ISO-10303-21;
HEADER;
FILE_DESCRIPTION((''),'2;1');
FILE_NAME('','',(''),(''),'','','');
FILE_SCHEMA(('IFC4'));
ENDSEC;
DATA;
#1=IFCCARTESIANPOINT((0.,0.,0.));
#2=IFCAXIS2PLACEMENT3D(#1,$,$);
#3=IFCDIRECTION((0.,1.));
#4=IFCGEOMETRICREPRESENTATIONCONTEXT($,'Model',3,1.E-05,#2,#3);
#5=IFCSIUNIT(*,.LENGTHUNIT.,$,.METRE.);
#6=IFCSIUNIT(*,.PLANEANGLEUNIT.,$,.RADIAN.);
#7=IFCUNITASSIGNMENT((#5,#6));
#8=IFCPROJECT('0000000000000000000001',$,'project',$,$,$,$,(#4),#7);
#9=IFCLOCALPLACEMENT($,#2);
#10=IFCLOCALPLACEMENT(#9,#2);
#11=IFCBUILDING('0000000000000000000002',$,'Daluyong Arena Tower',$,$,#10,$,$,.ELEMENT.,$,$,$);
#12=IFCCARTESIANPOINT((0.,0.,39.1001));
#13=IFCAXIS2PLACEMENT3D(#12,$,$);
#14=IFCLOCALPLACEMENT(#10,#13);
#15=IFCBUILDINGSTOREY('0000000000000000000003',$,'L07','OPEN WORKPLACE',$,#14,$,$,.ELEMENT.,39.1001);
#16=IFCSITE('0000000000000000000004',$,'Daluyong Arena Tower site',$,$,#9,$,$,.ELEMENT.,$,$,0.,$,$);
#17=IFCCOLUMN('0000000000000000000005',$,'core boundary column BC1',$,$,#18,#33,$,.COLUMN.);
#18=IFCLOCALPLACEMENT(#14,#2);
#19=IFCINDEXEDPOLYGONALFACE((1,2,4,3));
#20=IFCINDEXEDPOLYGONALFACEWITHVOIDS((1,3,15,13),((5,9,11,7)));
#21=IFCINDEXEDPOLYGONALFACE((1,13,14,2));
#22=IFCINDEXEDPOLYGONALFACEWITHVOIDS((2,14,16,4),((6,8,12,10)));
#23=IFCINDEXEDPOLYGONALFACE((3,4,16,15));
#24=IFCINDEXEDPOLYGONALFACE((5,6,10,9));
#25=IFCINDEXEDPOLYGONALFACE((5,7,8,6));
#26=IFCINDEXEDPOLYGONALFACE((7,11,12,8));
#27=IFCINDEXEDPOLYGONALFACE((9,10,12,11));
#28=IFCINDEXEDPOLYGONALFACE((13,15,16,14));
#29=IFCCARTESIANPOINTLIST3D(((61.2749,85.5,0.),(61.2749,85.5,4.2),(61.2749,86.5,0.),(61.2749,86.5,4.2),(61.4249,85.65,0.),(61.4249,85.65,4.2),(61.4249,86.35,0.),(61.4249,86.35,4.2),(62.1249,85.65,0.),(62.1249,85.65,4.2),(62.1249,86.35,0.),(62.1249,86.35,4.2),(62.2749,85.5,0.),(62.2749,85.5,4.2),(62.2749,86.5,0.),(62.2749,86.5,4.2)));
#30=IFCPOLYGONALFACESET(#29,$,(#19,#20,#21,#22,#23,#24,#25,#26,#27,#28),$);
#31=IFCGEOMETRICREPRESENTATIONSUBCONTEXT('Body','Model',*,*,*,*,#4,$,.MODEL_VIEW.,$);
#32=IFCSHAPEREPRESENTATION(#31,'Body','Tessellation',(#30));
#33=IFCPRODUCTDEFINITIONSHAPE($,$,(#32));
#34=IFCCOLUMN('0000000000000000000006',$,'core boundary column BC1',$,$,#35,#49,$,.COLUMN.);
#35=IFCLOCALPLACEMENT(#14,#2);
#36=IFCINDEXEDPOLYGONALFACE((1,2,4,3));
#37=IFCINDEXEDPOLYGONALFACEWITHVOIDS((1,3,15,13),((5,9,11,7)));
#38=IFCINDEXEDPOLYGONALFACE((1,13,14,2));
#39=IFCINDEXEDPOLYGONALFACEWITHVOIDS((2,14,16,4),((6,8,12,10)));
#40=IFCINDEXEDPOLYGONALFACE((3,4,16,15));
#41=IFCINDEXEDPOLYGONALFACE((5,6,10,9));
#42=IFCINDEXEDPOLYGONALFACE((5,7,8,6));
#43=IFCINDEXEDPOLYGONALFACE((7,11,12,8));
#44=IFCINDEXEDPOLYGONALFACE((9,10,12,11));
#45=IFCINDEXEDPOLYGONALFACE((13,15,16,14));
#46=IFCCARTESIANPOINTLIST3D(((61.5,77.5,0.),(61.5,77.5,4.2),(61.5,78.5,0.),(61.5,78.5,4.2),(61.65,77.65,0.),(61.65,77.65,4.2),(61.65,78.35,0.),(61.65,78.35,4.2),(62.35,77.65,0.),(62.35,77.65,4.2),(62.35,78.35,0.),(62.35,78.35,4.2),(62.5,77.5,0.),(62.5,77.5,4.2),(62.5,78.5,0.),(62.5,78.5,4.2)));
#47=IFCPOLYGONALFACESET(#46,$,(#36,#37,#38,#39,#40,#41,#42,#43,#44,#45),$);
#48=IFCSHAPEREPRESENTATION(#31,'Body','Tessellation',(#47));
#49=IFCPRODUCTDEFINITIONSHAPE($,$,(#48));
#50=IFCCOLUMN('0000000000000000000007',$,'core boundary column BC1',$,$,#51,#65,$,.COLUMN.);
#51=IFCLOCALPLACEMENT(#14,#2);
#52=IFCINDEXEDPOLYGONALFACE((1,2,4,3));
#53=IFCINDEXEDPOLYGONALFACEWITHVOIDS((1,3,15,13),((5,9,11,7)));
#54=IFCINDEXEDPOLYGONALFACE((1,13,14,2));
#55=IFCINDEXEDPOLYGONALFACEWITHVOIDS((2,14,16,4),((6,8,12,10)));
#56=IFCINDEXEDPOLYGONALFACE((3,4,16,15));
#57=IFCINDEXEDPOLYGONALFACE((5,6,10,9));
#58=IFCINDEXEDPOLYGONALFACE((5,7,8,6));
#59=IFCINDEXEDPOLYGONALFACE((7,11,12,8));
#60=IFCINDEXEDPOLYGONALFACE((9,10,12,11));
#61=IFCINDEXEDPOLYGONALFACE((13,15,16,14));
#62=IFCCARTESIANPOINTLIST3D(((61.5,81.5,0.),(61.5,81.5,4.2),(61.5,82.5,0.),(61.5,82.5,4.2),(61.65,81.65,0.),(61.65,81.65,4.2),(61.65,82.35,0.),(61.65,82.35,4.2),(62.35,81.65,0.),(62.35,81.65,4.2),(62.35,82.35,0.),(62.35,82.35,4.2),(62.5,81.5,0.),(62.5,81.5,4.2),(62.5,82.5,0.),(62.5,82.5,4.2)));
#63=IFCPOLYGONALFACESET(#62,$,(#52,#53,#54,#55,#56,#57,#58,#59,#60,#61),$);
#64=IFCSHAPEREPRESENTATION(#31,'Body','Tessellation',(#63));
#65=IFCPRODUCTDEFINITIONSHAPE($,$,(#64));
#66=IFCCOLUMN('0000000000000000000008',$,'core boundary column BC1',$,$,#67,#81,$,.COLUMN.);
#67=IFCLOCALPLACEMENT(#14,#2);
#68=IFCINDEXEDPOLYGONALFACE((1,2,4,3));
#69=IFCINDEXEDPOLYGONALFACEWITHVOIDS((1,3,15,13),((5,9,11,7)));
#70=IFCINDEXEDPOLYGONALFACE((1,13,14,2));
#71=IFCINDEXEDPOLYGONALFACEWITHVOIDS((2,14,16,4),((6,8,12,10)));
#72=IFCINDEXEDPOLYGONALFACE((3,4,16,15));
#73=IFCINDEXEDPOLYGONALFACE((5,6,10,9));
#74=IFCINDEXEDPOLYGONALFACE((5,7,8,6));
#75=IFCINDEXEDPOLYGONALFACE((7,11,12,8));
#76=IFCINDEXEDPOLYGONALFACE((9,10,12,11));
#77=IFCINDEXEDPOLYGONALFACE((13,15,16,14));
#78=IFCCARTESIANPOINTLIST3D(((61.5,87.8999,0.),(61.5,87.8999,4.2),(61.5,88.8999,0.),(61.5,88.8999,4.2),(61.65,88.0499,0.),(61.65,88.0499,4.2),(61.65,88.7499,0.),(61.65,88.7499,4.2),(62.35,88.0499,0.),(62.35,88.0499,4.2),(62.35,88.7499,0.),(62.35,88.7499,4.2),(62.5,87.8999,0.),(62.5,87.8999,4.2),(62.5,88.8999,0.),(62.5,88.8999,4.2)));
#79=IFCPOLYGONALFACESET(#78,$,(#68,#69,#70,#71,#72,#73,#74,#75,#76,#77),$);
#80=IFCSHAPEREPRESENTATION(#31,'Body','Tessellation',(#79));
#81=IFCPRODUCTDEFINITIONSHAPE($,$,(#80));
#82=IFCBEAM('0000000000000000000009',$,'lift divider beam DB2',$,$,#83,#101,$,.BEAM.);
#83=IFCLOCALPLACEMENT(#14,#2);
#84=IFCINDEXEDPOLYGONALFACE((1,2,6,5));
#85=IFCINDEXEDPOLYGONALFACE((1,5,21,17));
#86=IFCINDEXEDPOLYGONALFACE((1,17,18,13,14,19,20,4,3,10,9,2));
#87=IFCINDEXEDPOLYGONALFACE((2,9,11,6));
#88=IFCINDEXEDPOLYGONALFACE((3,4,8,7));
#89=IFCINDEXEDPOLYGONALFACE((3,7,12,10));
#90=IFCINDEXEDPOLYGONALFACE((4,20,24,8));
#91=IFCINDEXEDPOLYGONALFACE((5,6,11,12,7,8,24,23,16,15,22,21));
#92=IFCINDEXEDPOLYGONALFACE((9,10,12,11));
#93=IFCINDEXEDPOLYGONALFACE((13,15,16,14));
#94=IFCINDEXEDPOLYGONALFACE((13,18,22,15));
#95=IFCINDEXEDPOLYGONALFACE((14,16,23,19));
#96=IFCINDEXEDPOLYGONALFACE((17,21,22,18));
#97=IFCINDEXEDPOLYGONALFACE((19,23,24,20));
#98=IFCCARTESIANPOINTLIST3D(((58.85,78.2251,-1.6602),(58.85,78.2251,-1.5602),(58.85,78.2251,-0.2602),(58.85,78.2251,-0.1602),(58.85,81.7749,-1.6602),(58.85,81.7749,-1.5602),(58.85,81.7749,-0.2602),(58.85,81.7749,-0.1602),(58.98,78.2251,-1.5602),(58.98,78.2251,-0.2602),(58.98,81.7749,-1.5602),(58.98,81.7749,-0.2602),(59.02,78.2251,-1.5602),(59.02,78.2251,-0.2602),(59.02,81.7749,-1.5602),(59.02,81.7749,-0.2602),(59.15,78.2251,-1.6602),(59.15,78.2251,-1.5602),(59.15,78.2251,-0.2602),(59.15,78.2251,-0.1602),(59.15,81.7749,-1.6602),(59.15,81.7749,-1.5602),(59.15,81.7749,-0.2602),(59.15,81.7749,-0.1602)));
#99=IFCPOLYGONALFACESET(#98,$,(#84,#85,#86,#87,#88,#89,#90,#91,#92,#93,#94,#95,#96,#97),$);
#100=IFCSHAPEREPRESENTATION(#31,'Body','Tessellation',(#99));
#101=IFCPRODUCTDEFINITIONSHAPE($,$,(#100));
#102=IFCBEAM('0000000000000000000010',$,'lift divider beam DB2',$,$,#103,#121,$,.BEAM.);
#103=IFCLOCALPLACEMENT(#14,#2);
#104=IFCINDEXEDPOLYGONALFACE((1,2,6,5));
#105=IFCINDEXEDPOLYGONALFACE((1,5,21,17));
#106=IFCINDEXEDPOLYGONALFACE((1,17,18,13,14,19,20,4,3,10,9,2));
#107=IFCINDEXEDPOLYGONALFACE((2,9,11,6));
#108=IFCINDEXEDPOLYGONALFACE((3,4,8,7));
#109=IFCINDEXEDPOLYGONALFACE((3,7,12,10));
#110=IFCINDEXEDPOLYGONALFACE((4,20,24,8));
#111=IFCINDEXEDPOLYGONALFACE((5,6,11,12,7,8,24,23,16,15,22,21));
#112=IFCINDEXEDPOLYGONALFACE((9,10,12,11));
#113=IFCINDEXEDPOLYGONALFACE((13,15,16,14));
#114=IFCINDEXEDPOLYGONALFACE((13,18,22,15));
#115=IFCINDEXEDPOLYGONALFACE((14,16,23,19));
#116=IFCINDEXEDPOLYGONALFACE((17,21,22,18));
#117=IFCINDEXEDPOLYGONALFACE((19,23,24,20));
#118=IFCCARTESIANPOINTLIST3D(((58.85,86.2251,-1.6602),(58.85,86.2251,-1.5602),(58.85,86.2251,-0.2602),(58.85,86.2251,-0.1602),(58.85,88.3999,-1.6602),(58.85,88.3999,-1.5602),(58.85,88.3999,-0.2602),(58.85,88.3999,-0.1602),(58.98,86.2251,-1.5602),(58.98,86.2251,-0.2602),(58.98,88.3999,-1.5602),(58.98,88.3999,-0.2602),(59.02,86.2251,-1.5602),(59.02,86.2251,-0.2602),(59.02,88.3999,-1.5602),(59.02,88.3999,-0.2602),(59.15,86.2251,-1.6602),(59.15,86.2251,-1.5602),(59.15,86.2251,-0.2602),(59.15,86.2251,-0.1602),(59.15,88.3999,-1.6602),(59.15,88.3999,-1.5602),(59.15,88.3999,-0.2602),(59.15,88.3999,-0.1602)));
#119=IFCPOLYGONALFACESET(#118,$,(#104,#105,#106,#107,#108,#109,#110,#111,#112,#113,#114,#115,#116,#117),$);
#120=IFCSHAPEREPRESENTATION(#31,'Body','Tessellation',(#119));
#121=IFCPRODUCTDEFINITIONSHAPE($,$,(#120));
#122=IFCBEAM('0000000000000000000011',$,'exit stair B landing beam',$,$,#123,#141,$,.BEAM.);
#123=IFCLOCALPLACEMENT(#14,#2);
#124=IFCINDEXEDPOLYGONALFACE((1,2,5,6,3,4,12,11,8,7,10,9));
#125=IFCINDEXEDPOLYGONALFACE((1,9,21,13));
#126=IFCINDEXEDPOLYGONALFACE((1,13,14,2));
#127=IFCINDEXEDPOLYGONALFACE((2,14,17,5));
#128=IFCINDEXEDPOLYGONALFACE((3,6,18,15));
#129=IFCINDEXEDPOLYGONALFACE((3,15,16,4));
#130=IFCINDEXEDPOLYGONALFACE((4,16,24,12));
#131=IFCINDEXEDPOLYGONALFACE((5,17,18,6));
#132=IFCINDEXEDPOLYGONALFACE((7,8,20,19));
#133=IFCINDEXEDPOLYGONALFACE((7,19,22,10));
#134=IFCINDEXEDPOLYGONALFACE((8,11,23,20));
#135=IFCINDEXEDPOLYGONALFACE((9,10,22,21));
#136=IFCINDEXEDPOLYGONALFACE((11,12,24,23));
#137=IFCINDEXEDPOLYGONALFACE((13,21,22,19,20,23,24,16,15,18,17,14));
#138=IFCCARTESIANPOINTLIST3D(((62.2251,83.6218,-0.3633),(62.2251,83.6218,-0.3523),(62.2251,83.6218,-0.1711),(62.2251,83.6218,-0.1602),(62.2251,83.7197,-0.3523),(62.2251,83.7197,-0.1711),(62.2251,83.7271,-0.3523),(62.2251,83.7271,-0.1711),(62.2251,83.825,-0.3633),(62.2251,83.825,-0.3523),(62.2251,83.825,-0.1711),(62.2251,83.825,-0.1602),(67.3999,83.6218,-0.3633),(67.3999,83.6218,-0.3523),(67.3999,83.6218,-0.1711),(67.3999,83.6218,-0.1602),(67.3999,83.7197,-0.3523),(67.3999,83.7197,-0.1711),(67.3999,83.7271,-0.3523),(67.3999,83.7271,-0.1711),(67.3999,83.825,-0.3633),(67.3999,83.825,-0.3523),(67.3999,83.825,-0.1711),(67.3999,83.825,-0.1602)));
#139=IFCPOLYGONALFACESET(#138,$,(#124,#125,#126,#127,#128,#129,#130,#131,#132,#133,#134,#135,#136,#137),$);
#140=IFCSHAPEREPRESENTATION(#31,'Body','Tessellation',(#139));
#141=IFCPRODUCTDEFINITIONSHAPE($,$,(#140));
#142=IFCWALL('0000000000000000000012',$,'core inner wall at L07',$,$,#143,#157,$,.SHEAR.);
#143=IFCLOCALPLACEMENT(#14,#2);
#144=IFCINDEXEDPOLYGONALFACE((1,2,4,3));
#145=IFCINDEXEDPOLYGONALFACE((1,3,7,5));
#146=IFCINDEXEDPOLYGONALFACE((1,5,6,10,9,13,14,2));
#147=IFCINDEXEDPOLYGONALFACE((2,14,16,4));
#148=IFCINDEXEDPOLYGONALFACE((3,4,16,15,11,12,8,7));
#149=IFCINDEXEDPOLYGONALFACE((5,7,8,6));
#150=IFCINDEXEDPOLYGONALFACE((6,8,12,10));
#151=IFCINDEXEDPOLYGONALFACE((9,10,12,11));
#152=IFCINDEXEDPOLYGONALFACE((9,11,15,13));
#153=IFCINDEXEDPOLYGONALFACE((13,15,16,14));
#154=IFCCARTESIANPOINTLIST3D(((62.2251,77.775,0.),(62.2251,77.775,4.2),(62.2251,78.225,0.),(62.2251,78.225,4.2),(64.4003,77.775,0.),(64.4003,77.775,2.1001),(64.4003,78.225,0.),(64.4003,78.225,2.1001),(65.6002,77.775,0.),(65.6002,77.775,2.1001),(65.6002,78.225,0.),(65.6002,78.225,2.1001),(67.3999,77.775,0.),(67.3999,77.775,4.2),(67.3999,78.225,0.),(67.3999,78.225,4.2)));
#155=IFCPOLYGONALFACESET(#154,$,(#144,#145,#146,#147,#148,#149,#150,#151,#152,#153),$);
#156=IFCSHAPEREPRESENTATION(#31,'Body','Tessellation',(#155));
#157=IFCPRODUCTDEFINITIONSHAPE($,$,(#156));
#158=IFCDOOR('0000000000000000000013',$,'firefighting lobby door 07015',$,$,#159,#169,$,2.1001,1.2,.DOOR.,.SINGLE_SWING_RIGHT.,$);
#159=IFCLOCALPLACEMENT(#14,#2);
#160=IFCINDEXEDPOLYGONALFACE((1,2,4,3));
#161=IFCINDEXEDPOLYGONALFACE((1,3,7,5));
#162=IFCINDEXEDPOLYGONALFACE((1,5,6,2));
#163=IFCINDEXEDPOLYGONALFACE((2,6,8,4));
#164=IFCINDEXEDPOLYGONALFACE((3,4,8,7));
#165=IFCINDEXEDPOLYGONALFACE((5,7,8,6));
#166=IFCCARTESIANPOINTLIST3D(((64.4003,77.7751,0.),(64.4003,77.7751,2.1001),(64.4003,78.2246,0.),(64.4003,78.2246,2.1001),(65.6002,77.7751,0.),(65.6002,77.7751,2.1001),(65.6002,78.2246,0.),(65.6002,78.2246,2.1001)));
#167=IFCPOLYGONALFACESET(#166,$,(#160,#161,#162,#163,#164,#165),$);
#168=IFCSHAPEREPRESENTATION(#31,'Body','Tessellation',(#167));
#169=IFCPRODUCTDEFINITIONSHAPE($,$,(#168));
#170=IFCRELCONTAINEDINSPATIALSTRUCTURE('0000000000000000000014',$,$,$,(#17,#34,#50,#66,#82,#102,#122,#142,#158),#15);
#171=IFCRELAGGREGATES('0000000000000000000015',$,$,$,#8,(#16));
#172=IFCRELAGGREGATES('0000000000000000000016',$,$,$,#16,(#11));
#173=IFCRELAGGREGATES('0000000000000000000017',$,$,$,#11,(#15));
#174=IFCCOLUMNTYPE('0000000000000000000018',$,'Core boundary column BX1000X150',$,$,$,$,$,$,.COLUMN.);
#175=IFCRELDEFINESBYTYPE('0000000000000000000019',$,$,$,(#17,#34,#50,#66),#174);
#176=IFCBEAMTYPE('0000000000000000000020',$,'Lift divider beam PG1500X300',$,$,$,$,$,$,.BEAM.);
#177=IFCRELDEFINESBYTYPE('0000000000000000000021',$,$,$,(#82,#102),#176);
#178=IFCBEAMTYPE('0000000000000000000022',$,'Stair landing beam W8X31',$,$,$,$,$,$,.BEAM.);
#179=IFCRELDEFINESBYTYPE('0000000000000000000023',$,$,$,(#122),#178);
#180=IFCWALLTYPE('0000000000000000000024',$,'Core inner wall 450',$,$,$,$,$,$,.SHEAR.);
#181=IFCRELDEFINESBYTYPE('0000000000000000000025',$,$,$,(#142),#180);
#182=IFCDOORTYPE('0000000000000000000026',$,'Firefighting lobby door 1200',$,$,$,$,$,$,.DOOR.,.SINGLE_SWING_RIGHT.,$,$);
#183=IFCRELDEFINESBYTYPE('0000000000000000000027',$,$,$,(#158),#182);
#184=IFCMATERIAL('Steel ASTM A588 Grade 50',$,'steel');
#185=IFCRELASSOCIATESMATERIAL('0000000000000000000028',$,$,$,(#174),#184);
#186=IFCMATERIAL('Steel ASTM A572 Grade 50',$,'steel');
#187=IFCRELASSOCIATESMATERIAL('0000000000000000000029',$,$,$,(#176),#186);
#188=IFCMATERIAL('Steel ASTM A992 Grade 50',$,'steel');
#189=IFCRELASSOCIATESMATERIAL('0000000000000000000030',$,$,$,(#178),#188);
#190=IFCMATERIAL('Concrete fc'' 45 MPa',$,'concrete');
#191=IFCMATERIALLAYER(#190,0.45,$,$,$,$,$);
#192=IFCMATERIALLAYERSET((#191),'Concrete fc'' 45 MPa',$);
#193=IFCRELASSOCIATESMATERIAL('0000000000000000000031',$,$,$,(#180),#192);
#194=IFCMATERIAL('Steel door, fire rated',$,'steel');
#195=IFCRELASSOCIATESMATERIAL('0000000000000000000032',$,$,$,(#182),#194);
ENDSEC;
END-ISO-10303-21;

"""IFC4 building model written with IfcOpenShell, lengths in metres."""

from ifc_helpers import new_model, si_unit, direction, frame, frame_2d, origin, origin_2d, place, context, subcontext, project, spatial, rectangle, hollow_rectangle, i_section, extrude, material, layer, layer_set, material_profile, profile_set, type_object, element, fill, save


model = new_model("IFC4")

# Units and contexts
model_context = context("Model", 3, precision=1e-05, world=origin(), true_north=direction((0.0, 1.0)))
body_context = subcontext(model_context, "Body", "Model", "MODEL_VIEW")
ifc_project = project(units=[si_unit("LENGTHUNIT", "METRE"), si_unit("PLANEANGLEUNIT", "RADIAN")], contexts=[model_context])

# Site, building, storey
site_placement = place(None, origin())
site = spatial("IfcSite", under=ifc_project, at=site_placement, Name="Daluyong Arena Tower site", CompositionType="ELEMENT", RefElevation=0.0)
building_placement = place(site_placement, origin())
building = spatial("IfcBuilding", under=site, at=building_placement, Name="Daluyong Arena Tower", CompositionType="ELEMENT")
storey_placement = place(building_placement, frame((0.0, 0.0, 39.1001)))
storey = spatial("IfcBuildingStorey", under=building, at=storey_placement, Name="L07", Description="OPEN WORKPLACE", CompositionType="ELEMENT", Elevation=39.1001)

# Columns
ifc_material_1 = material(Name="Steel ASTM A588 Grade 50", Category="steel")
ifc_material_profile_1 = material_profile(ifc_material_1, hollow_rectangle(XDim=1.0, YDim=1.0, WallThickness=0.15, at=origin_2d()))
ifc_profile_set_1 = profile_set([ifc_material_profile_1], Name="Steel ASTM A588 Grade 50")
column_type = type_object("IfcColumnType", Name="Core boundary column BX1000X150", PredefinedType="COLUMN", material=ifc_profile_set_1)
for number, where, z_axis, x_axis, name in (
    (1, (61.7749, 86.0, 0.0), (0.0, 0.0, 1.0), (1.0, 0.0, 0.0), "core boundary column BC1"),
    (2, (62.0, 78.0, 0.0), (0.0, 0.0, 1.0), (1.0, 0.0, 0.0), "core boundary column BC1"),
    (3, (62.0, 82.0, 0.0), (0.0, 0.0, 1.0), (1.0, 0.0, 0.0), "core boundary column BC1"),
    (4, (62.0, 88.3999, 0.0), (0.0, 0.0, 1.0), (1.0, 0.0, 0.0), "core boundary column BC1"),
):
    element("IfcColumn", number, at=place(storey_placement, frame(where, z_axis=z_axis, x_axis=x_axis)), inside=storey, type_object=column_type, Name=name, PredefinedType="COLUMN", context=body_context, shape_type="SweptSolid", body=[
        extrude(hollow_rectangle(XDim=1.0, YDim=1.0, WallThickness=0.15, at=origin_2d()), origin(), (0.0, 0.0, 1.0), 4.2),
    ])

# Beams
ifc_material_2 = material(Name="Steel ASTM A572 Grade 50", Category="steel")
ifc_material_profile_2 = material_profile(ifc_material_2, i_section(OverallWidth=0.3, OverallDepth=1.5, WebThickness=0.04, FlangeThickness=0.1, at=origin_2d()))
ifc_profile_set_2 = profile_set([ifc_material_profile_2], Name="Steel ASTM A572 Grade 50")
beam_type_1 = type_object("IfcBeamType", Name="Lift divider beam PG1500X300", PredefinedType="BEAM", material=ifc_profile_set_2)
beam_1_placement = place(storey_placement, frame((59.0, 78.2251, -0.9102), z_axis=(0.0, 1.0, 0.0), x_axis=(-1.0, 0.0, 0.0)))
element("IfcBeam", 5, at=beam_1_placement, inside=storey, type_object=beam_type_1, Name="lift divider beam DB2", PredefinedType="BEAM", context=body_context, shape_type="SweptSolid", body=[
    extrude(i_section(OverallWidth=0.3, OverallDepth=1.5, WebThickness=0.04, FlangeThickness=0.1, at=origin_2d()), origin(), (0.0, 0.0, 1.0), 3.5498),
])
beam_2_placement = place(storey_placement, frame((59.0, 86.2251, -0.9102), z_axis=(0.0, 1.0, 0.0), x_axis=(-1.0, 0.0, 0.0)))
element("IfcBeam", 6, at=beam_2_placement, inside=storey, type_object=beam_type_1, Name="lift divider beam DB2", PredefinedType="BEAM", context=body_context, shape_type="SweptSolid", body=[
    extrude(i_section(OverallWidth=0.3, OverallDepth=1.5, WebThickness=0.04, FlangeThickness=0.1, at=origin_2d()), origin(), (0.0, 0.0, 1.0), 2.1748),
])
ifc_material_3 = material(Name="Steel ASTM A992 Grade 50", Category="steel")
ifc_material_profile_3 = material_profile(ifc_material_3, i_section(OverallWidth=0.2031, OverallDepth=0.2031, WebThickness=0.0073, FlangeThickness=0.011, at=origin_2d()))
ifc_profile_set_3 = profile_set([ifc_material_profile_3], Name="Steel ASTM A992 Grade 50")
beam_type_2 = type_object("IfcBeamType", Name="Stair landing beam W8X31", PredefinedType="BEAM", material=ifc_profile_set_3)
beam_3_placement = place(storey_placement, frame((62.2251, 83.7234, -0.2617), z_axis=(1.0, 0.0, 0.0), x_axis=(0.0, 1.0, 0.0)))
element("IfcBeam", 7, at=beam_3_placement, inside=storey, type_object=beam_type_2, Name="exit stair B landing beam", PredefinedType="BEAM", context=body_context, shape_type="SweptSolid", body=[
    extrude(i_section(OverallWidth=0.2031, OverallDepth=0.2031, WebThickness=0.0073, FlangeThickness=0.011, at=origin_2d()), origin(), (0.0, 0.0, 1.0), 5.1748),
])

# Wall, opening, door
ifc_material_4 = material(Name="Concrete fc' 45 MPa", Category="concrete")
ifc_layer_1 = layer(ifc_material_4, 0.45)
ifc_layer_set_1 = layer_set([ifc_layer_1], Name="Concrete fc' 45 MPa")
wall_type_1 = type_object("IfcWallType", Name="Core inner wall 450", PredefinedType="SHEAR", material=ifc_layer_set_1)
wall_1_placement = place(storey_placement, frame((62.2251, 78.0, 0.0), z_axis=(0.0, 0.0, 1.0), x_axis=(1.0, 0.0, 0.0)))
wall_1 = element("IfcWall", 8, at=wall_1_placement, inside=storey, type_object=wall_type_1, Name="core inner wall at L07", PredefinedType="SHEAR", context=body_context, shape_type="SweptSolid", body=[
    extrude(rectangle(XDim=5.1748, YDim=0.45, at=frame_2d((2.5874, 0.0))), origin(), (0.0, 0.0, 1.0), 4.2),
])
opening_1_placement = place(wall_1_placement, frame((2.175, 0.0, 0.0)))
opening_1 = element("IfcOpeningElement", 9, at=opening_1_placement, cuts=wall_1, PredefinedType="OPENING", context=body_context, shape_type="SweptSolid", body=[
    extrude(rectangle(XDim=1.2, YDim=2.1001, at=frame_2d((0.6001, 1.05))), frame((0.0, 0.2349, 0.0), z_axis=(0.0, -1.0, 0.0), x_axis=(1.0, 0.0, 0.0)), (0.0, 0.0, 1.0), 0.47),
])
ifc_material_5 = material(Name="Steel door, fire rated", Category="steel")
door_type_1 = type_object("IfcDoorType", Name="Firefighting lobby door 1200", OperationType="SINGLE_SWING_RIGHT", PredefinedType="DOOR", material=ifc_material_5)
door_1_placement = place(opening_1_placement, origin())
door_1 = element("IfcDoor", 10, at=door_1_placement, inside=storey, type_object=door_type_1, Name="firefighting lobby door 07015", OperationType="SINGLE_SWING_RIGHT", OverallHeight=2.1001, OverallWidth=1.2, PredefinedType="DOOR", context=body_context, shape_type="SweptSolid", body=[
    extrude(rectangle(XDim=1.2, YDim=2.1001, at=frame_2d((0.6001, 1.05))), frame((0.0, 0.2246, 0.0), z_axis=(0.0, -1.0, 0.0), x_axis=(1.0, 0.0, 0.0)), (0.0, 0.0, 1.0), 0.4495),
])
fill(opening_1, door_1)

save(model, "model.ifc")
